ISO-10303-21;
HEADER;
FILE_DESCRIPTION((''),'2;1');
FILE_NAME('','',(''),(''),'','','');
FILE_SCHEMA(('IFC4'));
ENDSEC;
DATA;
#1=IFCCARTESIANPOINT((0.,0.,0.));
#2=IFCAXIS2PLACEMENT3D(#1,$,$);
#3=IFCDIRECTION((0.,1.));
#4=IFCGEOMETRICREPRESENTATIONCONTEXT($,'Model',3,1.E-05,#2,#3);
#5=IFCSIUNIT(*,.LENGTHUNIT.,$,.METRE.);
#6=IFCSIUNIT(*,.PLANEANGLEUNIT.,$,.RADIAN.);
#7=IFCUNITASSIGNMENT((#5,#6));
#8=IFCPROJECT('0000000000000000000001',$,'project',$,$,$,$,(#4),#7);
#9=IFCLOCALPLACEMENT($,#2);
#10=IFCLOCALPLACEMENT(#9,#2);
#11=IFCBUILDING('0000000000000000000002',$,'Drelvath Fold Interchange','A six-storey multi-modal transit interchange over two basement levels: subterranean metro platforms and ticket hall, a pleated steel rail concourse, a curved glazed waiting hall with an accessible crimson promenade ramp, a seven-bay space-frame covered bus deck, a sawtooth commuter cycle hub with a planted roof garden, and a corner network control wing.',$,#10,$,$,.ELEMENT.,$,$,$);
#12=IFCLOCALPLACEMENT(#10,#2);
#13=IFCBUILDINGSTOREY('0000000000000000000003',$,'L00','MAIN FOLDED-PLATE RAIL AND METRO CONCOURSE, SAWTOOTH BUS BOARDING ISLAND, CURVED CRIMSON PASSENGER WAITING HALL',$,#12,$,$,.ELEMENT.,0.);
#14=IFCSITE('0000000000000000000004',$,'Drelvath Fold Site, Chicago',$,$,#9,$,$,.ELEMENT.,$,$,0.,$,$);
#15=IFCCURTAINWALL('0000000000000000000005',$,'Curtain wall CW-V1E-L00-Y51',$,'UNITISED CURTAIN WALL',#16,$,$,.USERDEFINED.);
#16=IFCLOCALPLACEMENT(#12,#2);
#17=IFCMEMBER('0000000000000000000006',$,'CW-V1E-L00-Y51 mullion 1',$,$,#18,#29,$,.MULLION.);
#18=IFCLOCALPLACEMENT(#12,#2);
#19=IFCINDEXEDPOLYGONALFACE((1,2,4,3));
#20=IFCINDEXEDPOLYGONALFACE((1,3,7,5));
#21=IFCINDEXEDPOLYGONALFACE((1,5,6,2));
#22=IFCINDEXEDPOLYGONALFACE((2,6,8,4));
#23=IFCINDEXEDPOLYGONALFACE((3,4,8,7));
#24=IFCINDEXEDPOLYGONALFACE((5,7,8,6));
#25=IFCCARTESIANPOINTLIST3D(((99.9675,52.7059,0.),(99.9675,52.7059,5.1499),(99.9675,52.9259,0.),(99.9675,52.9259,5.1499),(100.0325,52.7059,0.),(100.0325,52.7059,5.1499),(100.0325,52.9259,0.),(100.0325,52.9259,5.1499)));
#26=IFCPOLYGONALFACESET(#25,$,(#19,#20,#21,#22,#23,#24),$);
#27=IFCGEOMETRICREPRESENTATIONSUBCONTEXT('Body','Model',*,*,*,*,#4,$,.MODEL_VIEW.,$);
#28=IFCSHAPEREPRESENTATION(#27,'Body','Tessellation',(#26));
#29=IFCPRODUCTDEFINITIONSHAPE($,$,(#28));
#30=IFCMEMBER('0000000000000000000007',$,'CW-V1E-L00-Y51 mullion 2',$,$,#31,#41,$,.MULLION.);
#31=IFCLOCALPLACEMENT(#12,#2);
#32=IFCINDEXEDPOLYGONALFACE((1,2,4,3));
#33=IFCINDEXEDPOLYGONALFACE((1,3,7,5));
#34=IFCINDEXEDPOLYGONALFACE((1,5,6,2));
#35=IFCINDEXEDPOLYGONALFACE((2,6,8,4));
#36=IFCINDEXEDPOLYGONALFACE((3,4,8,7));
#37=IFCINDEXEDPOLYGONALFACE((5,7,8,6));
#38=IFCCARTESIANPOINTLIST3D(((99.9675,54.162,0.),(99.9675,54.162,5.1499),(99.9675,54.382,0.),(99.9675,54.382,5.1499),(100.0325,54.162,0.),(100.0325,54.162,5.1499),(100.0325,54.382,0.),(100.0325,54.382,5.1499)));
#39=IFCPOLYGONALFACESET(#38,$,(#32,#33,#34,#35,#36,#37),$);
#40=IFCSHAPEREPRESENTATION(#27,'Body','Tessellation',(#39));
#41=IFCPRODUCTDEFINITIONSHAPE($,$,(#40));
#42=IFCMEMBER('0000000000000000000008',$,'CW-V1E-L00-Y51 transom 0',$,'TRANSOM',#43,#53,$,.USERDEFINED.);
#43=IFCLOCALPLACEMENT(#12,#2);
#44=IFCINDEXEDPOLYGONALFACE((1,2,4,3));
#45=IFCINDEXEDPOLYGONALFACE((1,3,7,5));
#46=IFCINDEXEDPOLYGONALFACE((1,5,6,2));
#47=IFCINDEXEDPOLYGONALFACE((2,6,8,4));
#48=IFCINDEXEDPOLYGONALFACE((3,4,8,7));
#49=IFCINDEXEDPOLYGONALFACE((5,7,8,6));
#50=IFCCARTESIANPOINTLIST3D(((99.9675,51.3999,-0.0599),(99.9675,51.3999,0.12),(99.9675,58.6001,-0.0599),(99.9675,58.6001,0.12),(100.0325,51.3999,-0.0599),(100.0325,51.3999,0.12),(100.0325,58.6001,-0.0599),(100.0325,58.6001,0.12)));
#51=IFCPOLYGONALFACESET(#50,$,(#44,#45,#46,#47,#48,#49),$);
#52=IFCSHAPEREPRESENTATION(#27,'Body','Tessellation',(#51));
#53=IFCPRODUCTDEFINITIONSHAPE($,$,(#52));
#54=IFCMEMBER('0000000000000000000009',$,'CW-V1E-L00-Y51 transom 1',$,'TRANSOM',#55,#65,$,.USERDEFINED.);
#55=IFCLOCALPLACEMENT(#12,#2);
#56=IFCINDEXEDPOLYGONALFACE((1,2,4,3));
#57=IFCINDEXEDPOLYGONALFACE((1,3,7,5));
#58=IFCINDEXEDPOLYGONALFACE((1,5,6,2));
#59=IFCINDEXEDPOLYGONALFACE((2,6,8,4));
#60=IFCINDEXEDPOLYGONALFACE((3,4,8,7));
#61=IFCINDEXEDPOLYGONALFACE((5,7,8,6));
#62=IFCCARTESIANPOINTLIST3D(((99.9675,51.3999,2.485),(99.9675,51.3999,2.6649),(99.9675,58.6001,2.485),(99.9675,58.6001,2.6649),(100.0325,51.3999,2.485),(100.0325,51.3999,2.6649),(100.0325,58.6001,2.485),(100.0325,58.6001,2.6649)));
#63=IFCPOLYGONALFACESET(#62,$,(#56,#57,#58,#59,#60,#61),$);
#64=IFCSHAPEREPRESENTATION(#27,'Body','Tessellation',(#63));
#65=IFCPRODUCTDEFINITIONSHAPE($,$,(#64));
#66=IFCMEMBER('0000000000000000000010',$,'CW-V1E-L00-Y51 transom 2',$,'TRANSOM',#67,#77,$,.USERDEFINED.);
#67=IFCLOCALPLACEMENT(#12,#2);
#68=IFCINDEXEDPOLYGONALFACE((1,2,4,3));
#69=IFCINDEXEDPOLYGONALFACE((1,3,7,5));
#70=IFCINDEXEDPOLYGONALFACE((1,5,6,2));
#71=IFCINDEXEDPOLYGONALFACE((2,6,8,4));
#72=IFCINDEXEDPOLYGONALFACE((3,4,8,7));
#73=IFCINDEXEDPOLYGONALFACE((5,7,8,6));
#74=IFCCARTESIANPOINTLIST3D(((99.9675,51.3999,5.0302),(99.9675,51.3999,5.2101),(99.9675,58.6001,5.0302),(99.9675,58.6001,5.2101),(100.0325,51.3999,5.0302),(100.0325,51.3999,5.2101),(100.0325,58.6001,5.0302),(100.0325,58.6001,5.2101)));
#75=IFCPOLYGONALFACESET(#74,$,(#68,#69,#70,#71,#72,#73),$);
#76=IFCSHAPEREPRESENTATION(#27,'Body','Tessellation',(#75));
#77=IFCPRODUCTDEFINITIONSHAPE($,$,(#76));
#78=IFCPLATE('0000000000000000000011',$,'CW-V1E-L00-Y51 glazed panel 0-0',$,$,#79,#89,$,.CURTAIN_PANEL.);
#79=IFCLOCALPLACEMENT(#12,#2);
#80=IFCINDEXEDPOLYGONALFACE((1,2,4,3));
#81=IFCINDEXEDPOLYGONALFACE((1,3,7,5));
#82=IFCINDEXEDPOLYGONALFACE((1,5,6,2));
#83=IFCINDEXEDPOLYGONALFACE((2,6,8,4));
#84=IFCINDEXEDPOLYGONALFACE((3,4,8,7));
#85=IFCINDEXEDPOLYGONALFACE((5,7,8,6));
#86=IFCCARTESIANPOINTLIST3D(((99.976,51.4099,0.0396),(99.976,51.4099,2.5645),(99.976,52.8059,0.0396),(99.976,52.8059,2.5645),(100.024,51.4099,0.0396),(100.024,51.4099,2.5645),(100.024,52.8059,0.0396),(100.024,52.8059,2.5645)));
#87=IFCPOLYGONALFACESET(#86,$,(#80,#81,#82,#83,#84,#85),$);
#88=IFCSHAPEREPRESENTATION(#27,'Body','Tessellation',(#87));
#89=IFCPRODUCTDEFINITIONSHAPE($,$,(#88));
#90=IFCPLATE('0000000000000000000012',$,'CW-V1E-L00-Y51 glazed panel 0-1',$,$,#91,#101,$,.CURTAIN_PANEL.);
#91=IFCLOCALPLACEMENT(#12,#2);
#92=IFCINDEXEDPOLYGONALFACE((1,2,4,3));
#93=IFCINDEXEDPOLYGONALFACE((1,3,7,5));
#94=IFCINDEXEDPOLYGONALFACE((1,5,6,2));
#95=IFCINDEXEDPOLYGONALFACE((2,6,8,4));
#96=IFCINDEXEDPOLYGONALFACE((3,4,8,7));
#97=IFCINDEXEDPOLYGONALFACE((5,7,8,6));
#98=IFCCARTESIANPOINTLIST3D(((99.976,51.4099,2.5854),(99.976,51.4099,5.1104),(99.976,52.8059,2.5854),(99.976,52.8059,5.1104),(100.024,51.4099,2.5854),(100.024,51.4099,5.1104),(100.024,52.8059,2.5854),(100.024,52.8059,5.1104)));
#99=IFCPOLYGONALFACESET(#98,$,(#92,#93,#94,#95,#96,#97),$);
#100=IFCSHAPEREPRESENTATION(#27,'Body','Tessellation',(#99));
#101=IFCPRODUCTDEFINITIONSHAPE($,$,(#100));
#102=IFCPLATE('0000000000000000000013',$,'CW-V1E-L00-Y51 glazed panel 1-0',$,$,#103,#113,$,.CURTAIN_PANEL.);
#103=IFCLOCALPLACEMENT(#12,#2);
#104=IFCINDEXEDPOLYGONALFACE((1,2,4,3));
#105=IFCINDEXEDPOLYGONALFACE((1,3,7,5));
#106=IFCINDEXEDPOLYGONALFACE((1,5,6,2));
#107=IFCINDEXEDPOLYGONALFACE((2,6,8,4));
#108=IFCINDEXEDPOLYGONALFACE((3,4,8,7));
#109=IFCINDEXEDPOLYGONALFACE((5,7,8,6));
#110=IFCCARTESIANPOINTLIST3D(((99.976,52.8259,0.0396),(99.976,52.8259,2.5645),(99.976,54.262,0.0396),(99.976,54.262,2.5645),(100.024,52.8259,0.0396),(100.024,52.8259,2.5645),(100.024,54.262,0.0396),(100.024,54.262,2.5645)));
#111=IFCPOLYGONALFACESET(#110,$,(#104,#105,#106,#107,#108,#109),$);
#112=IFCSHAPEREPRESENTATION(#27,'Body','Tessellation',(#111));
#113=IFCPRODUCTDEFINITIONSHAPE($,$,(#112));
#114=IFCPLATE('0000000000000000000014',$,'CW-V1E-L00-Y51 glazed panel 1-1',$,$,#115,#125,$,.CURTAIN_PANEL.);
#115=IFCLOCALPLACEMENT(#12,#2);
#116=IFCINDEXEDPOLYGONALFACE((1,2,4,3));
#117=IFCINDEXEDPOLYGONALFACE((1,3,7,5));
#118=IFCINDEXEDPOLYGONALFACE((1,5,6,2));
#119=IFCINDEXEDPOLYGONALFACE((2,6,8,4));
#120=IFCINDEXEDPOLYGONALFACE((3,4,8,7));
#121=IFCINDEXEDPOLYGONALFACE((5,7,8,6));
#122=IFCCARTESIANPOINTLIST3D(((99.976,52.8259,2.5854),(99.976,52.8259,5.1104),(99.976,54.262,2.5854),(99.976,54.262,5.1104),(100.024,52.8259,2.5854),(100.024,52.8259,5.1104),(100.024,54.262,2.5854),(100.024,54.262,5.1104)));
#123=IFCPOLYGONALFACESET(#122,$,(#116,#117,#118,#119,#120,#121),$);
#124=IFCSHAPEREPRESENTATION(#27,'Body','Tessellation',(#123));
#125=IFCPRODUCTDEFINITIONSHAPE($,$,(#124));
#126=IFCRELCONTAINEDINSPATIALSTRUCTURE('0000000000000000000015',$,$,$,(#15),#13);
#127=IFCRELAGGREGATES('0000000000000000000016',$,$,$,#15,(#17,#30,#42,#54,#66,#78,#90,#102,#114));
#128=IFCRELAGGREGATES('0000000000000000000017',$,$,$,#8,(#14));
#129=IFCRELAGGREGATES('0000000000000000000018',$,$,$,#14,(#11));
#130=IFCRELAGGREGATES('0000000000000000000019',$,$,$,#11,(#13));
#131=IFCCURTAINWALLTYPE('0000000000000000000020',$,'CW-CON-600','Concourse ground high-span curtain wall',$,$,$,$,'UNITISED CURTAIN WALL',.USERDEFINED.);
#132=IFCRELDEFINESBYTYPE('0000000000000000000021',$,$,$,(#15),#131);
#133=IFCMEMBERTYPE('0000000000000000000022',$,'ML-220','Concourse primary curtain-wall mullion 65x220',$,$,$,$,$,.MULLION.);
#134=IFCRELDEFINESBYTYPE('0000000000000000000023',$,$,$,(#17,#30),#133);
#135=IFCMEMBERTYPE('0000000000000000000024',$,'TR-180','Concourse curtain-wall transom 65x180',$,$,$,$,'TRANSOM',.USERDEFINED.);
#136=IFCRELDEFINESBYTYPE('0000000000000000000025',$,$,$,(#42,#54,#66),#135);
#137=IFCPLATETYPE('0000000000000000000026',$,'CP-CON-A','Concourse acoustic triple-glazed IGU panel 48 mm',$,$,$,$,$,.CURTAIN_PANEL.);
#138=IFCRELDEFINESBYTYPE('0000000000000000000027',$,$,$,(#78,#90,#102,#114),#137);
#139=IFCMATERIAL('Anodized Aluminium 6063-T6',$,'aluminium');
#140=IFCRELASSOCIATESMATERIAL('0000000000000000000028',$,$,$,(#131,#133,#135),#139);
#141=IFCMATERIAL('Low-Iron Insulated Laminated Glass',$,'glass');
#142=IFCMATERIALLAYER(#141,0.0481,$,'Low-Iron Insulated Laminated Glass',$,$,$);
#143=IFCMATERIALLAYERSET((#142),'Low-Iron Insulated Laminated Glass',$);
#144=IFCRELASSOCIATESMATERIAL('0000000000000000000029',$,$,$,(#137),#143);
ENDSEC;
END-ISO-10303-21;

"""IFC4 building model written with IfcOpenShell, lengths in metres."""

from ifc_helpers import new_model, si_unit, direction, frame, origin, origin_2d, place, context, subcontext, project, spatial, rectangle, extrude, material, layer, layer_set, material_profile, profile_set, type_object, element, aggregate, save


model = new_model("IFC4")

# Units and contexts
model_context = context("Model", 3, precision=1e-05, world=origin(), true_north=direction((0.0, 1.0)))
body_context = subcontext(model_context, "Body", "Model", "MODEL_VIEW")
ifc_project = project(units=[si_unit("LENGTHUNIT", "METRE"), si_unit("PLANEANGLEUNIT", "RADIAN")], contexts=[model_context])

# Site, building, storey
site_placement = place(None, origin())
site = spatial("IfcSite", under=ifc_project, at=site_placement, Name="Drelvath Fold Site, Chicago", CompositionType="ELEMENT", RefElevation=0.0)
building_placement = place(site_placement, origin())
building = spatial("IfcBuilding", under=site, at=building_placement, Name="Drelvath Fold Interchange", Description="A six-storey multi-modal transit interchange over two basement levels: subterranean metro platforms and ticket hall, a pleated steel rail concourse, a curved glazed waiting hall with an accessible crimson promenade ramp, a seven-bay space-frame covered bus deck, a sawtooth commuter cycle hub with a planted roof garden, and a corner network control wing.", CompositionType="ELEMENT")
storey_placement = place(building_placement, origin())
storey = spatial("IfcBuildingStorey", under=building, at=storey_placement, Name="L00", Description="MAIN FOLDED-PLATE RAIL AND METRO CONCOURSE, SAWTOOTH BUS BOARDING ISLAND, CURVED CRIMSON PASSENGER WAITING HALL", CompositionType="ELEMENT", Elevation=0.0)

# Curtain wall, members, plates
ifc_material_1 = material(Name="Anodized Aluminium 6063-T6", Category="aluminium")
curtain_wall_type = type_object("IfcCurtainWallType", Name="CW-CON-600", Description="Concourse ground high-span curtain wall", ElementType="UNITISED CURTAIN WALL", PredefinedType="USERDEFINED", material=ifc_material_1)
curtain_wall_placement = place(storey_placement, origin())
curtain_wall = element("IfcCurtainWall", 1, at=curtain_wall_placement, inside=storey, type_object=curtain_wall_type, Name="Curtain wall CW-V1E-L00-Y51", ObjectType="UNITISED CURTAIN WALL", PredefinedType="USERDEFINED")
ifc_material_profile_1 = material_profile(ifc_material_1, rectangle(XDim=0.0649, YDim=0.22, at=origin_2d()), Name="AL-M 65x220")
ifc_profile_set_1 = profile_set([ifc_material_profile_1], Name="Anodized Aluminium 6063-T6")
member_type_1 = type_object("IfcMemberType", Name="ML-220", Description="Concourse primary curtain-wall mullion 65x220", PredefinedType="MULLION", material=ifc_profile_set_1)
member_1_placement = place(storey_placement, frame((100.0, 52.8159, 0.0), z_axis=(0.0, 0.0, 1.0), x_axis=(1.0, 0.0, 0.0)))
member_1 = element("IfcMember", 2, at=member_1_placement, type_object=member_type_1, Name="CW-V1E-L00-Y51 mullion 1", PredefinedType="MULLION", context=body_context, shape_type="SweptSolid", body=[
    extrude(rectangle(XDim=0.0649, YDim=0.22, at=origin_2d()), origin(), (0.0, 0.0, 1.0), 5.1499),
])
member_2_placement = place(storey_placement, frame((100.0, 54.272, 0.0), z_axis=(0.0, 0.0, 1.0), x_axis=(1.0, 0.0, 0.0)))
member_2 = element("IfcMember", 3, at=member_2_placement, type_object=member_type_1, Name="CW-V1E-L00-Y51 mullion 2", PredefinedType="MULLION", context=body_context, shape_type="SweptSolid", body=[
    extrude(rectangle(XDim=0.0649, YDim=0.22, at=origin_2d()), origin(), (0.0, 0.0, 1.0), 5.1499),
])
ifc_material_profile_2 = material_profile(ifc_material_1, rectangle(XDim=0.0649, YDim=0.1799, at=origin_2d()), Name="AL-T 65x180")
ifc_profile_set_2 = profile_set([ifc_material_profile_2], Name="Anodized Aluminium 6063-T6")
member_type_2 = type_object("IfcMemberType", Name="TR-180", Description="Concourse curtain-wall transom 65x180", ElementType="TRANSOM", PredefinedType="USERDEFINED", material=ifc_profile_set_2)
member_3_placement = place(storey_placement, frame((100.0, 51.3999, 0.03), z_axis=(0.0, 1.0, 0.0), x_axis=(-1.0, 0.0, 0.0)))
member_3 = element("IfcMember", 4, at=member_3_placement, type_object=member_type_2, Name="CW-V1E-L00-Y51 transom 0", ObjectType="TRANSOM", PredefinedType="USERDEFINED", context=body_context, shape_type="SweptSolid", body=[
    extrude(rectangle(XDim=0.0649, YDim=0.1799, at=origin_2d()), origin(), (0.0, 0.0, 1.0), 7.2002),
])
member_4_placement = place(storey_placement, frame((100.0, 51.3999, 2.575), z_axis=(0.0, 1.0, 0.0), x_axis=(-1.0, 0.0, 0.0)))
member_4 = element("IfcMember", 5, at=member_4_placement, type_object=member_type_2, Name="CW-V1E-L00-Y51 transom 1", ObjectType="TRANSOM", PredefinedType="USERDEFINED", context=body_context, shape_type="SweptSolid", body=[
    extrude(rectangle(XDim=0.0649, YDim=0.1799, at=origin_2d()), origin(), (0.0, 0.0, 1.0), 7.2002),
])
member_5_placement = place(storey_placement, frame((100.0, 51.3999, 5.1201), z_axis=(0.0, 1.0, 0.0), x_axis=(-1.0, 0.0, 0.0)))
member_5 = element("IfcMember", 6, at=member_5_placement, type_object=member_type_2, Name="CW-V1E-L00-Y51 transom 2", ObjectType="TRANSOM", PredefinedType="USERDEFINED", context=body_context, shape_type="SweptSolid", body=[
    extrude(rectangle(XDim=0.0649, YDim=0.1799, at=origin_2d()), origin(), (0.0, 0.0, 1.0), 7.2002),
])
ifc_material_2 = material(Name="Low-Iron Insulated Laminated Glass", Category="glass")
ifc_layer_1 = layer(ifc_material_2, 0.0481, Name="Low-Iron Insulated Laminated Glass")
ifc_layer_set_1 = layer_set([ifc_layer_1], Name="Low-Iron Insulated Laminated Glass")
plate_type = type_object("IfcPlateType", Name="CP-CON-A", Description="Concourse acoustic triple-glazed IGU panel 48 mm", PredefinedType="CURTAIN_PANEL", material=ifc_layer_set_1)
plate_1_placement = place(storey_placement, frame((100.0, 52.1079, 0.0396), z_axis=(0.0, 0.0, 1.0), x_axis=(0.0, 1.0, 0.0)))
plate_1 = element("IfcPlate", 7, at=plate_1_placement, type_object=plate_type, Name="CW-V1E-L00-Y51 glazed panel 0-0", PredefinedType="CURTAIN_PANEL", context=body_context, shape_type="SweptSolid", body=[
    extrude(rectangle(XDim=1.396, YDim=0.0481, at=origin_2d()), origin(), (0.0, 0.0, 1.0), 2.5249),
])
plate_2_placement = place(storey_placement, frame((100.0, 52.1079, 2.5854), z_axis=(0.0, 0.0, 1.0), x_axis=(0.0, 1.0, 0.0)))
plate_2 = element("IfcPlate", 8, at=plate_2_placement, type_object=plate_type, Name="CW-V1E-L00-Y51 glazed panel 0-1", PredefinedType="CURTAIN_PANEL", context=body_context, shape_type="SweptSolid", body=[
    extrude(rectangle(XDim=1.396, YDim=0.0481, at=origin_2d()), origin(), (0.0, 0.0, 1.0), 2.5249),
])
plate_3_placement = place(storey_placement, frame((100.0, 53.5439, 0.0396), z_axis=(0.0, 0.0, 1.0), x_axis=(0.0, 1.0, 0.0)))
plate_3 = element("IfcPlate", 9, at=plate_3_placement, type_object=plate_type, Name="CW-V1E-L00-Y51 glazed panel 1-0", PredefinedType="CURTAIN_PANEL", context=body_context, shape_type="SweptSolid", body=[
    extrude(rectangle(XDim=1.436, YDim=0.0481, at=origin_2d()), origin(), (0.0, 0.0, 1.0), 2.5249),
])
plate_4_placement = place(storey_placement, frame((100.0, 53.5439, 2.5854), z_axis=(0.0, 0.0, 1.0), x_axis=(0.0, 1.0, 0.0)))
plate_4 = element("IfcPlate", 10, at=plate_4_placement, type_object=plate_type, Name="CW-V1E-L00-Y51 glazed panel 1-1", PredefinedType="CURTAIN_PANEL", context=body_context, shape_type="SweptSolid", body=[
    extrude(rectangle(XDim=1.436, YDim=0.0481, at=origin_2d()), origin(), (0.0, 0.0, 1.0), 2.5249),
])
aggregate(curtain_wall, [member_1, member_2, member_3, member_4, member_5, plate_1, plate_2, plate_3, plate_4])

save(model, "model.ifc")
